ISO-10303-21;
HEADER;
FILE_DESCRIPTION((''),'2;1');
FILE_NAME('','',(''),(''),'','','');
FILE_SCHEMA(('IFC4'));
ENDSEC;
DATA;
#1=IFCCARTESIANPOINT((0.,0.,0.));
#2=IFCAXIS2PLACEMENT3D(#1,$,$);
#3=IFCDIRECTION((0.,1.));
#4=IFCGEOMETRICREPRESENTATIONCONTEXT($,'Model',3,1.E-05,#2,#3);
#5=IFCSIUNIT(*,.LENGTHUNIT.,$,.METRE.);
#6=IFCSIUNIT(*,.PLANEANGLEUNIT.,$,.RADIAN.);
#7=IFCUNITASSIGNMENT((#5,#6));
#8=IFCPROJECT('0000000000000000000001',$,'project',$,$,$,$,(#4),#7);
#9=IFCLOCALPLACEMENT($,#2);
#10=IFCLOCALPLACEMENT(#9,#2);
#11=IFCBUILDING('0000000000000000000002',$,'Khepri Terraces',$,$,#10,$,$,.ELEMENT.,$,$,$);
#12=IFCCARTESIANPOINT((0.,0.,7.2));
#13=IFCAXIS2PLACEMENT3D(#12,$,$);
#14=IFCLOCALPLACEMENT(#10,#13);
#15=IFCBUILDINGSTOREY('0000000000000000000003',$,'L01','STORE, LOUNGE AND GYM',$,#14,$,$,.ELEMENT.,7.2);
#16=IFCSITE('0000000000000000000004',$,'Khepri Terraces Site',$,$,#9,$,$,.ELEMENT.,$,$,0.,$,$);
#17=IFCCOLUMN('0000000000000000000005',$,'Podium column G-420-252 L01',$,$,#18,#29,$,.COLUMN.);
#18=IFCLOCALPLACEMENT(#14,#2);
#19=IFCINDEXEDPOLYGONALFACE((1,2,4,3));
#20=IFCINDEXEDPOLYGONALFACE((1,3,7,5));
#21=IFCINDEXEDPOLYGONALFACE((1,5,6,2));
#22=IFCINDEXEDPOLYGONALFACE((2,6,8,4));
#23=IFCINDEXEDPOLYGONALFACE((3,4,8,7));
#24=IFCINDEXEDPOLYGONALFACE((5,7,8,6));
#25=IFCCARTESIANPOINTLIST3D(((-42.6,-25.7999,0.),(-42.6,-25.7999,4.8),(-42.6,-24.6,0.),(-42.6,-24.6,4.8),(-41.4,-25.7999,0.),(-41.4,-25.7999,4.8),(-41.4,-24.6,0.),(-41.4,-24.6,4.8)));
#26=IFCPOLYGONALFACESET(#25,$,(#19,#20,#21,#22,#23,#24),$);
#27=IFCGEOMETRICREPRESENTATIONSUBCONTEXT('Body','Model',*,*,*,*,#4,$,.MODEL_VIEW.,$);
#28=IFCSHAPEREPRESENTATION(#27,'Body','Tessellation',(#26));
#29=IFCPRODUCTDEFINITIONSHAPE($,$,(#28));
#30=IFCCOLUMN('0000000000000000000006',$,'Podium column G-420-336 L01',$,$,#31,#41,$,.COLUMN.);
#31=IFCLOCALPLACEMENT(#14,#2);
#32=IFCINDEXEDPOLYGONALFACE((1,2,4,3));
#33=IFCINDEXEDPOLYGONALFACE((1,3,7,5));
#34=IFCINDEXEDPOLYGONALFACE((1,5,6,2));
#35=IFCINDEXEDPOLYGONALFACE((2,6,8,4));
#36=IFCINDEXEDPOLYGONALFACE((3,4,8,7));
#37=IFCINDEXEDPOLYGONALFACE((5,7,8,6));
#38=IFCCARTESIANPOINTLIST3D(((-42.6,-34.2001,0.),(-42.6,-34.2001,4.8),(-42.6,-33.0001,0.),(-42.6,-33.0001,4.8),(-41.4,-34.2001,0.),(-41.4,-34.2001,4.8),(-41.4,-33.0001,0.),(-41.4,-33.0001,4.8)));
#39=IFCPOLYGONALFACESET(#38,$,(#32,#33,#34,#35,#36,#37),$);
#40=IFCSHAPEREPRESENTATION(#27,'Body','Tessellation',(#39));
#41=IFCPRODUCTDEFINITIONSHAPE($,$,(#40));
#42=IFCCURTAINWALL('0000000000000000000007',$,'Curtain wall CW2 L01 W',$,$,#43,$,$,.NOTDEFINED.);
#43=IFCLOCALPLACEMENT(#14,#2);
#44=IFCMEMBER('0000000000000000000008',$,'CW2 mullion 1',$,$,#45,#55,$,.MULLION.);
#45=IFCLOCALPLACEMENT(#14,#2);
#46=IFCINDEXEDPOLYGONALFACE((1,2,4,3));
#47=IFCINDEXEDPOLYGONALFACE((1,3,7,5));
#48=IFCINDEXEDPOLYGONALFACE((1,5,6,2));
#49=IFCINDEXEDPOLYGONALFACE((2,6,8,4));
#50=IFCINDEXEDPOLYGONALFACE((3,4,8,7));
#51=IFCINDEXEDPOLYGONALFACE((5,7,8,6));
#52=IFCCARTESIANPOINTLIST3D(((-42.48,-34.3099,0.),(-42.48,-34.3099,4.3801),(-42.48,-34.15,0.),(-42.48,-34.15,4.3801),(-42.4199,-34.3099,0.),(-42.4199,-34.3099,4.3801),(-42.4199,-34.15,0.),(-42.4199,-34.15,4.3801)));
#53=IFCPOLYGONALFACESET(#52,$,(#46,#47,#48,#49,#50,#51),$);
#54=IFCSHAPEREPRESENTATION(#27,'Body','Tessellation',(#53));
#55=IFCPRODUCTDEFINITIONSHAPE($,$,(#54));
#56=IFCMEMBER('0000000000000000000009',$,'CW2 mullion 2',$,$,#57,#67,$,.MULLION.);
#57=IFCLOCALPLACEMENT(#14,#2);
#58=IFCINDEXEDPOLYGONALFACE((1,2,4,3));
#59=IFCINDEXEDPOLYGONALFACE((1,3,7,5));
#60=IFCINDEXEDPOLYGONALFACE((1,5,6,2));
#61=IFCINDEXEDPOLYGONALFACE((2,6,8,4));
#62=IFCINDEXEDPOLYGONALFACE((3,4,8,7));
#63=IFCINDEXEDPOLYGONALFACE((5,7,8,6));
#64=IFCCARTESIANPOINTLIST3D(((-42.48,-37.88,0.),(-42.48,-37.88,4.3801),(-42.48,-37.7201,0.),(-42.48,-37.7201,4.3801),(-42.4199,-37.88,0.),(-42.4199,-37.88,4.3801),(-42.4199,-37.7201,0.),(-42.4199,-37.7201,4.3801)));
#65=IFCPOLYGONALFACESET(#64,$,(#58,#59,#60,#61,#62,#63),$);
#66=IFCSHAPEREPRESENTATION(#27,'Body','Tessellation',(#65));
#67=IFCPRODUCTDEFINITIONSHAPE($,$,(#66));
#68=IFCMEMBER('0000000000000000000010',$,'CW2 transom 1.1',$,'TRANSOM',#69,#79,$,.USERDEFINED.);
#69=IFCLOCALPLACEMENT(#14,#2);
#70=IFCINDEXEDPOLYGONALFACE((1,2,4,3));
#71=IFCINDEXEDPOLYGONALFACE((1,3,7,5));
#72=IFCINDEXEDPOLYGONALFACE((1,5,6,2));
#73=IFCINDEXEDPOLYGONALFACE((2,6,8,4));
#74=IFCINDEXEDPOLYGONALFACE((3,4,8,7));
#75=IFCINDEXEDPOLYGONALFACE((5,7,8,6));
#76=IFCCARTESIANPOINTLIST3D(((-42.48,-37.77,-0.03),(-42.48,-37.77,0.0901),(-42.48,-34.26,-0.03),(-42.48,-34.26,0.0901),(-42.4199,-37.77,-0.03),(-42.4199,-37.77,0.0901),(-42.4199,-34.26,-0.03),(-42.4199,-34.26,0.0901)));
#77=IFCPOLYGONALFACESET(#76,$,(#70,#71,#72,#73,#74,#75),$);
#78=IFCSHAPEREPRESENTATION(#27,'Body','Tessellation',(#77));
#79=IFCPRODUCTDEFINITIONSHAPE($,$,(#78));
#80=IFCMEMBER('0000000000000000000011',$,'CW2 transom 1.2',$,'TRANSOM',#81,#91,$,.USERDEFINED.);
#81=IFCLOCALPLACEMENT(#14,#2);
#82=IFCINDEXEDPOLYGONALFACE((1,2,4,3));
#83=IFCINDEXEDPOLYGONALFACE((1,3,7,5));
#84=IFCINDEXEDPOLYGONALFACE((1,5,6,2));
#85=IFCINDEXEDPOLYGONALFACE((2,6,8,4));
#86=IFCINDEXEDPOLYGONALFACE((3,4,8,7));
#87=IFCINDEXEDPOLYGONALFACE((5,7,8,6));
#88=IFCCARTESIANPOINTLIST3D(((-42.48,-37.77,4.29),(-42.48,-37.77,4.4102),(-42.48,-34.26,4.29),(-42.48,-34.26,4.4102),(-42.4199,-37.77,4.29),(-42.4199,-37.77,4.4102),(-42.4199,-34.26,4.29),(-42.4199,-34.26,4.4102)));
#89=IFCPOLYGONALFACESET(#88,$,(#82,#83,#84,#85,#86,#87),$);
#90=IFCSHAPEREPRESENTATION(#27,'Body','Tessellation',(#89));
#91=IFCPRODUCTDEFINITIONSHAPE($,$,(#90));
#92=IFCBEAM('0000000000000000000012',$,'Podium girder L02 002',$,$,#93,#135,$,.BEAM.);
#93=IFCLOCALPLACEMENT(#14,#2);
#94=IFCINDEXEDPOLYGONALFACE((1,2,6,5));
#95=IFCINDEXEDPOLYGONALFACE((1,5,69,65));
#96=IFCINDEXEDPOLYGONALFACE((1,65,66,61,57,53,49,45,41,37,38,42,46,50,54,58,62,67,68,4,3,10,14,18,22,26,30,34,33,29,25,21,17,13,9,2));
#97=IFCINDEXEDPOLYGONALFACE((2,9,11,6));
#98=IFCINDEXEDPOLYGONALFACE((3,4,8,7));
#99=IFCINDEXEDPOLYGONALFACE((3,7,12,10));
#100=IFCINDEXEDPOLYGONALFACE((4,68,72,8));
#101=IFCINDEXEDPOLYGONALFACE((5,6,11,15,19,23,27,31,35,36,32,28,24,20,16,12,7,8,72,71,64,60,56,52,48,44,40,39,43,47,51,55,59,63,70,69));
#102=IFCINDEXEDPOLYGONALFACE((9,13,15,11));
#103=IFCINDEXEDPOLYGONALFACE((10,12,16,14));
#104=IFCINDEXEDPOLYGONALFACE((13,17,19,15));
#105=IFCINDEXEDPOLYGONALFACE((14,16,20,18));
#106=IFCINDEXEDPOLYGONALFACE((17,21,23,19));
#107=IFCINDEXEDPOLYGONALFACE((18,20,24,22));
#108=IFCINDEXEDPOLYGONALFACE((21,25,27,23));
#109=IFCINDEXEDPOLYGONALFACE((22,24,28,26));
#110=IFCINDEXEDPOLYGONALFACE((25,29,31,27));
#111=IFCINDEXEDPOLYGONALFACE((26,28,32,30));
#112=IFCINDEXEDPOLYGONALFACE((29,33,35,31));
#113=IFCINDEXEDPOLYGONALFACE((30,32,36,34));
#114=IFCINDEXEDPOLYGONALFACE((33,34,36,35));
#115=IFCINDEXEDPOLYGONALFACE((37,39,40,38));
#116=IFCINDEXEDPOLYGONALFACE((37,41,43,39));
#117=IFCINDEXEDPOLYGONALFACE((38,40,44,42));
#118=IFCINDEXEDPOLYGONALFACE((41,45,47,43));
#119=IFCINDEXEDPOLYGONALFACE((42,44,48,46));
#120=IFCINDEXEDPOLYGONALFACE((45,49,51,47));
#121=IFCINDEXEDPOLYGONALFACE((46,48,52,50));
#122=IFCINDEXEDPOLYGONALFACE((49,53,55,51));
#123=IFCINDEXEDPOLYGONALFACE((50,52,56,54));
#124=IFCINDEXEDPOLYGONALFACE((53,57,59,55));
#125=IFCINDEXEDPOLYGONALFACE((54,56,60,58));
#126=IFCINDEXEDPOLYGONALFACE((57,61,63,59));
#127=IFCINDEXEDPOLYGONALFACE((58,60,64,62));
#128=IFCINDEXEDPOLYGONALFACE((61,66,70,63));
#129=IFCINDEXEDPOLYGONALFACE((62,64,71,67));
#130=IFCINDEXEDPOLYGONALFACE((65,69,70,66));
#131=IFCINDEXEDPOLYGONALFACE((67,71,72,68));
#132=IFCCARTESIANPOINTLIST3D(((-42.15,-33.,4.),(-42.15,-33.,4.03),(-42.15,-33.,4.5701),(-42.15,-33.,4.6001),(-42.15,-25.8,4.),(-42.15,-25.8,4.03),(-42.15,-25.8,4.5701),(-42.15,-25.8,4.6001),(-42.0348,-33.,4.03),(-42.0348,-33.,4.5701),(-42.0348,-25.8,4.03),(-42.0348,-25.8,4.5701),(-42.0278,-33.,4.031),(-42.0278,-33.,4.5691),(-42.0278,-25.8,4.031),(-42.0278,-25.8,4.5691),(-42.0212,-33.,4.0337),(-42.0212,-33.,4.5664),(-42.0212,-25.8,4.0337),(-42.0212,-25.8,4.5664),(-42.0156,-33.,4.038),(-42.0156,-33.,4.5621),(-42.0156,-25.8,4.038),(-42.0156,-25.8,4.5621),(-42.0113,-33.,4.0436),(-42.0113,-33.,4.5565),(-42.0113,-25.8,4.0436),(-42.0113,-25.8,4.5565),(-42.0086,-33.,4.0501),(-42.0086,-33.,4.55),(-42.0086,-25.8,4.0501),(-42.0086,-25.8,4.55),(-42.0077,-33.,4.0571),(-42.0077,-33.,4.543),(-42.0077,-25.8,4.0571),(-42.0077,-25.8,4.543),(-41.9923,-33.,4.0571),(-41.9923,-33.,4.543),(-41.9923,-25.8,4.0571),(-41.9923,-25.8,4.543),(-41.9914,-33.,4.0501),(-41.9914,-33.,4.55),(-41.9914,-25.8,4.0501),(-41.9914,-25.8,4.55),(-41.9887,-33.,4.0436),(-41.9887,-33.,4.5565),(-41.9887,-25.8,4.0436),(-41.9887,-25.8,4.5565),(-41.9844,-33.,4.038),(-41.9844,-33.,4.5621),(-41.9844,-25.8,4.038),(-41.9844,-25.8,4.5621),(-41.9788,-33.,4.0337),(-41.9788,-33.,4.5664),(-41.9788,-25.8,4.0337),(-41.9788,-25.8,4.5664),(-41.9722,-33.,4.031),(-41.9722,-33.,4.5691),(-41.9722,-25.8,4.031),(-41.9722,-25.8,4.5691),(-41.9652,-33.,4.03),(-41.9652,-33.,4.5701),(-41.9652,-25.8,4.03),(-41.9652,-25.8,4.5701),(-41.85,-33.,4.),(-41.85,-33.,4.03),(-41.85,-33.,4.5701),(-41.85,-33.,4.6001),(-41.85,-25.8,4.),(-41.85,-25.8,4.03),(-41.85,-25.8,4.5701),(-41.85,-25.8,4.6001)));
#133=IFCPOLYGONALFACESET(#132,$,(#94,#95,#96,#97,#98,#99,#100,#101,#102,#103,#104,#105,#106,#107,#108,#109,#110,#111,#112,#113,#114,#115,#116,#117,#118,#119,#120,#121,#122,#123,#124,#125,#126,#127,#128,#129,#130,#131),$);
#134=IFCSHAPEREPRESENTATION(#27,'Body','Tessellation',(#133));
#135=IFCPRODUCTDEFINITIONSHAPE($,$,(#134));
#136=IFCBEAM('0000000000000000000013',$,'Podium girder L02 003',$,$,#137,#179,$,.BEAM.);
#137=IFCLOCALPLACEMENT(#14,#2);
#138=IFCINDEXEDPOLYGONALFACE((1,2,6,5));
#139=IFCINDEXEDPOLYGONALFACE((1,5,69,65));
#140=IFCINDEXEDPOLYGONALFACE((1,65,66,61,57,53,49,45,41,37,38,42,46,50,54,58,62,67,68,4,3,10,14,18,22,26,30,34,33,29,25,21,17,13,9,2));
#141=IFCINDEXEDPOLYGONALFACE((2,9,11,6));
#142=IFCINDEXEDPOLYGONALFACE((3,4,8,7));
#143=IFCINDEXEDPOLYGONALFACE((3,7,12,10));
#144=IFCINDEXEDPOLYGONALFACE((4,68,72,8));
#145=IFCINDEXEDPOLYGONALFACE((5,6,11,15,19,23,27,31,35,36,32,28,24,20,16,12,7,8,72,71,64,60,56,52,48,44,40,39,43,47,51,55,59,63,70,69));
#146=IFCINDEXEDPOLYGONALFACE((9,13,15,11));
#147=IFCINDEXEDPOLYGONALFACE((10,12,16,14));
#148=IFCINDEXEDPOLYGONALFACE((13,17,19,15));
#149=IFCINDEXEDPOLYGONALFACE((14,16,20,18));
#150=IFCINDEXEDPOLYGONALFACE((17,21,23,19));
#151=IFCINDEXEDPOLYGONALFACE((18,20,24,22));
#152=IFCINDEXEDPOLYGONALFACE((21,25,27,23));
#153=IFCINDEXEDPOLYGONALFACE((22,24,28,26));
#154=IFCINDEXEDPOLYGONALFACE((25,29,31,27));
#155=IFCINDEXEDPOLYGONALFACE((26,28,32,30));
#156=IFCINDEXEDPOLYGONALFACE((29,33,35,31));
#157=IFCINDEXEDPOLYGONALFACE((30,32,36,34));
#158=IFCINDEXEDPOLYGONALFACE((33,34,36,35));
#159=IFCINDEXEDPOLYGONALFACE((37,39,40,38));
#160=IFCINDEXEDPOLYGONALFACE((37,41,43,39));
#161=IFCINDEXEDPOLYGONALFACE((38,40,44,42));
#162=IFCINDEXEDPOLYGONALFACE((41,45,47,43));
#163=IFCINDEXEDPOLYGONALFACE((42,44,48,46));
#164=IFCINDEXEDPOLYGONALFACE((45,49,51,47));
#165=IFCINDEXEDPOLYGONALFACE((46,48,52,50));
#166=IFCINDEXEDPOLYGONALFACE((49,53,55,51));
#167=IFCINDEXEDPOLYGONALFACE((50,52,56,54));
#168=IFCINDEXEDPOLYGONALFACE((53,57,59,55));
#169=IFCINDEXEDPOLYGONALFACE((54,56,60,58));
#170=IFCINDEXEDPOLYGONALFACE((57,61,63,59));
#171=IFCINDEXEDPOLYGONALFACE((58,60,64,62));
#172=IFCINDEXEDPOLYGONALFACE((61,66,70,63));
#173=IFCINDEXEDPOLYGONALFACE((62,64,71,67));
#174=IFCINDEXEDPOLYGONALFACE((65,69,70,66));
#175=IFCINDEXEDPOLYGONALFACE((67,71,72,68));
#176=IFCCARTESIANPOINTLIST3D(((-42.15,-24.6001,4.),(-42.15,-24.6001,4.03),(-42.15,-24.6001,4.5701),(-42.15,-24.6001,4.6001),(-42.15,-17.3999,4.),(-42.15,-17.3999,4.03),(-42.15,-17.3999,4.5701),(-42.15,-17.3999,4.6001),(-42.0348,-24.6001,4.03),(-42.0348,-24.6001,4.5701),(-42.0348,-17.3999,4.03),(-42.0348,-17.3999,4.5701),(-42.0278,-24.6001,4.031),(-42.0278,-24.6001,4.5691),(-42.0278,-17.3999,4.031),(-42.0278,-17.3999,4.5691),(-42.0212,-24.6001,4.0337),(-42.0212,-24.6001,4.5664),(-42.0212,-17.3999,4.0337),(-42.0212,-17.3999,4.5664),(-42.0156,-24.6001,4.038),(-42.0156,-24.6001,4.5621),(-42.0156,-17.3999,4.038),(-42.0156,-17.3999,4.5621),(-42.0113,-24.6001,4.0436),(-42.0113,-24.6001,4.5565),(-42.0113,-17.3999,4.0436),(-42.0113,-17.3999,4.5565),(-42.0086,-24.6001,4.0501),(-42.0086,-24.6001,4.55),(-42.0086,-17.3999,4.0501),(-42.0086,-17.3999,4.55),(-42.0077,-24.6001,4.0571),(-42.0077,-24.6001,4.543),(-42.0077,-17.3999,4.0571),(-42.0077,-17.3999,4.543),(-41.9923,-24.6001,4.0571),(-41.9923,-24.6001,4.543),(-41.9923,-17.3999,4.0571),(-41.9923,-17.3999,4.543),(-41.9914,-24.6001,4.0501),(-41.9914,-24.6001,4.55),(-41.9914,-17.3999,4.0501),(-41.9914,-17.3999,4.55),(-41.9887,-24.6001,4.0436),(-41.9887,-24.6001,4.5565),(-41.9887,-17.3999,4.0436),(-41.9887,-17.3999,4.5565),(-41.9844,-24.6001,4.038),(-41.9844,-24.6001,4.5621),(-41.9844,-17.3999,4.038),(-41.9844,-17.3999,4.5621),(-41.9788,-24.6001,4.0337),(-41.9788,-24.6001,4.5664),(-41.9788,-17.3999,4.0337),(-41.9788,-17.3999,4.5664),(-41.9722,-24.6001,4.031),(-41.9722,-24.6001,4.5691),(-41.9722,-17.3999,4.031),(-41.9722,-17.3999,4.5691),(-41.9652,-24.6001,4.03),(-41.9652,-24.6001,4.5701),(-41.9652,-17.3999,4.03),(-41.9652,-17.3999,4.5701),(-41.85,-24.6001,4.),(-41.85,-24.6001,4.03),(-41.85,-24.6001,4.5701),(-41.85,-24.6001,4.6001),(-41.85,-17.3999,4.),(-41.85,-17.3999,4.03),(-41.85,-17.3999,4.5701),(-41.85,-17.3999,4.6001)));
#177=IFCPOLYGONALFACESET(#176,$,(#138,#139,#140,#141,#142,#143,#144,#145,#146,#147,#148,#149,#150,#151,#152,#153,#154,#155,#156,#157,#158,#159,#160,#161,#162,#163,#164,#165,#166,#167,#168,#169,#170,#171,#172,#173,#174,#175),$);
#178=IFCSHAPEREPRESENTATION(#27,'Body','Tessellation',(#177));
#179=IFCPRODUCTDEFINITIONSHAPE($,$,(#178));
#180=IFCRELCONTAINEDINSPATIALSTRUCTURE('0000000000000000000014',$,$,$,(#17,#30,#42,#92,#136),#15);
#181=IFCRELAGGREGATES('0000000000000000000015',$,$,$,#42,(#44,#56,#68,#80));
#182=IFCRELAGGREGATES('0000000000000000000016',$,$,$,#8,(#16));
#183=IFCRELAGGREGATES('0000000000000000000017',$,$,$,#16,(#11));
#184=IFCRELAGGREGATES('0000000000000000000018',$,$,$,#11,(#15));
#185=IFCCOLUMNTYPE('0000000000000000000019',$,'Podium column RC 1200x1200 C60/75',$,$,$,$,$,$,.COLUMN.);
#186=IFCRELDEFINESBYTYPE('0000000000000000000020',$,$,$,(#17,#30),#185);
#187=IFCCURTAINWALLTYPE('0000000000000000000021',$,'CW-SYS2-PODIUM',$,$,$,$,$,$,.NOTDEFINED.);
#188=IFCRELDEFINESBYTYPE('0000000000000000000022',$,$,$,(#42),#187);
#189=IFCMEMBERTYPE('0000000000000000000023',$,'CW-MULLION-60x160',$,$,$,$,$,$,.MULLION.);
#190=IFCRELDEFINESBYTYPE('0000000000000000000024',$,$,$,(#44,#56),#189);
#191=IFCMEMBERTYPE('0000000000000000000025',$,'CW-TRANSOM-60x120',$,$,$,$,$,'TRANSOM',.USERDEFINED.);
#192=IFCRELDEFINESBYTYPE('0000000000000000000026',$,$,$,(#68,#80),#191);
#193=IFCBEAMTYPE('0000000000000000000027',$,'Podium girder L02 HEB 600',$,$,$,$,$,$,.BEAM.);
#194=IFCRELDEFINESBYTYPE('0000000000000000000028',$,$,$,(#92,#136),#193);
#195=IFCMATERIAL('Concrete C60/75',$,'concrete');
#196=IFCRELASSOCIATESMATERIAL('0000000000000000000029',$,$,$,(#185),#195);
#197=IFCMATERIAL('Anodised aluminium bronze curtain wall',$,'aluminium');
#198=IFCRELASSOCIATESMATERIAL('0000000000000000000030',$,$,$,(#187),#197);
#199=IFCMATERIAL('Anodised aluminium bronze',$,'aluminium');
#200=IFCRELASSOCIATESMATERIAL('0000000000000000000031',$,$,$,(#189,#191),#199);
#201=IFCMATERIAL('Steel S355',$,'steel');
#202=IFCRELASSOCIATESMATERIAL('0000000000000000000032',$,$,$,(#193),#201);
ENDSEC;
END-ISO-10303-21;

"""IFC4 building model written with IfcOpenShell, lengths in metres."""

from ifc_helpers import new_model, si_unit, direction, frame, origin, origin_2d, place, context, subcontext, project, spatial, rectangle, i_section, extrude, material, material_profile, profile_set, type_object, element, aggregate, save


model = new_model("IFC4")

# Units and contexts
model_context = context("Model", 3, precision=1e-05, world=origin(), true_north=direction((0.0, 1.0)))
body_context = subcontext(model_context, "Body", "Model", "MODEL_VIEW")
ifc_project = project(units=[si_unit("LENGTHUNIT", "METRE"), si_unit("PLANEANGLEUNIT", "RADIAN")], contexts=[model_context])

# Site, building, storey
site_placement = place(None, origin())
site = spatial("IfcSite", under=ifc_project, at=site_placement, Name="Khepri Terraces Site", CompositionType="ELEMENT", RefElevation=0.0)
building_placement = place(site_placement, origin())
building = spatial("IfcBuilding", under=site, at=building_placement, Name="Khepri Terraces", CompositionType="ELEMENT")
storey_placement = place(building_placement, frame((0.0, 0.0, 7.2)))
storey = spatial("IfcBuildingStorey", under=building, at=storey_placement, Name="L01", Description="STORE, LOUNGE AND GYM", CompositionType="ELEMENT", Elevation=7.2)

# Columns
ifc_material_1 = material(Name="Concrete C60/75", Category="concrete")
ifc_material_profile_1 = material_profile(ifc_material_1, rectangle(XDim=1.2, YDim=1.2, at=origin_2d()), Name="Concrete C60/75", Category="concrete")
ifc_profile_set_1 = profile_set([ifc_material_profile_1], Name="Concrete C60/75")
column_type = type_object("IfcColumnType", Name="Podium column RC 1200x1200 C60/75", PredefinedType="COLUMN", material=ifc_profile_set_1)
for number, where, z_axis, x_axis, name in (
    (1, (-42.0, -25.2, 0.0), (0.0, 0.0, 1.0), (1.0, 0.0, 0.0), "Podium column G-420-252 L01"),
    (2, (-42.0, -33.6001, 0.0), (0.0, 0.0, 1.0), (1.0, 0.0, 0.0), "Podium column G-420-336 L01"),
):
    element("IfcColumn", number, at=place(storey_placement, frame(where, z_axis=z_axis, x_axis=x_axis)), inside=storey, type_object=column_type, Name=name, PredefinedType="COLUMN", context=body_context, shape_type="SweptSolid", body=[
        extrude(rectangle(XDim=1.2, YDim=1.2, at=origin_2d()), origin(), (0.0, 0.0, 1.0), 4.8),
    ])

# Curtain wall, members
ifc_material_2 = material(Name="Anodised aluminium bronze curtain wall", Category="aluminium")
curtain_wall_type = type_object("IfcCurtainWallType", Name="CW-SYS2-PODIUM", PredefinedType="NOTDEFINED", material=ifc_material_2)
curtain_wall_placement = place(storey_placement, origin())
curtain_wall = element("IfcCurtainWall", 3, at=curtain_wall_placement, inside=storey, type_object=curtain_wall_type, Name="Curtain wall CW2 L01 W", PredefinedType="NOTDEFINED")
ifc_material_3 = material(Name="Anodised aluminium bronze", Category="aluminium")
ifc_material_profile_2 = material_profile(ifc_material_3, rectangle(XDim=0.0601, YDim=0.1599, at=origin_2d()), Name="Anodised aluminium bronze", Category="aluminium")
ifc_profile_set_2 = profile_set([ifc_material_profile_2], Name="Anodised aluminium bronze")
member_type_1 = type_object("IfcMemberType", Name="CW-MULLION-60x160", PredefinedType="MULLION", material=ifc_profile_set_2)
member_1_placement = place(storey_placement, frame((-42.45, -34.23, 0.0), z_axis=(0.0, 0.0, 1.0), x_axis=(1.0, 0.0, 0.0)))
member_1 = element("IfcMember", 4, at=member_1_placement, type_object=member_type_1, Name="CW2 mullion 1", PredefinedType="MULLION", context=body_context, shape_type="SweptSolid", body=[
    extrude(rectangle(XDim=0.0601, YDim=0.1599, at=origin_2d()), origin(), (0.0, 0.0, 1.0), 4.3801),
])
member_2_placement = place(storey_placement, frame((-42.45, -37.8, 0.0), z_axis=(0.0, 0.0, 1.0), x_axis=(1.0, 0.0, 0.0)))
member_2 = element("IfcMember", 5, at=member_2_placement, type_object=member_type_1, Name="CW2 mullion 2", PredefinedType="MULLION", context=body_context, shape_type="SweptSolid", body=[
    extrude(rectangle(XDim=0.0601, YDim=0.1599, at=origin_2d()), origin(), (0.0, 0.0, 1.0), 4.3801),
])
ifc_material_profile_3 = material_profile(ifc_material_3, rectangle(XDim=0.0601, YDim=0.1201, at=origin_2d()), Name="Anodised aluminium bronze", Category="aluminium")
ifc_profile_set_3 = profile_set([ifc_material_profile_3], Name="Anodised aluminium bronze")
member_type_2 = type_object("IfcMemberType", Name="CW-TRANSOM-60x120", ElementType="TRANSOM", PredefinedType="USERDEFINED", material=ifc_profile_set_3)
member_3_placement = place(storey_placement, frame((-42.45, -34.26, 0.03), z_axis=(0.0, -1.0, 0.0), x_axis=(1.0, 0.0, 0.0)))
member_3 = element("IfcMember", 6, at=member_3_placement, type_object=member_type_2, Name="CW2 transom 1.1", ObjectType="TRANSOM", PredefinedType="USERDEFINED", context=body_context, shape_type="SweptSolid", body=[
    extrude(rectangle(XDim=0.0601, YDim=0.1201, at=origin_2d()), origin(), (0.0, 0.0, 1.0), 3.51),
])
member_4_placement = place(storey_placement, frame((-42.45, -34.26, 4.3501), z_axis=(0.0, -1.0, 0.0), x_axis=(1.0, 0.0, 0.0)))
member_4 = element("IfcMember", 7, at=member_4_placement, type_object=member_type_2, Name="CW2 transom 1.2", ObjectType="TRANSOM", PredefinedType="USERDEFINED", context=body_context, shape_type="SweptSolid", body=[
    extrude(rectangle(XDim=0.0601, YDim=0.1201, at=origin_2d()), origin(), (0.0, 0.0, 1.0), 3.51),
])

# Beams
ifc_material_4 = material(Name="Steel S355", Category="steel")
ifc_material_profile_4 = material_profile(ifc_material_4, i_section(OverallWidth=0.3, OverallDepth=0.6001, WebThickness=0.0154, FlangeThickness=0.03, FilletRadius=0.0271, at=origin_2d()), Name="Steel S355", Category="steel")
ifc_profile_set_4 = profile_set([ifc_material_profile_4], Name="Steel S355")
beam_type_1 = type_object("IfcBeamType", Name="Podium girder L02 HEB 600", PredefinedType="BEAM", material=ifc_profile_set_4)
beam_1_placement = place(storey_placement, frame((-42.0, -33.0, 4.3), z_axis=(0.0, 1.0, 0.0), x_axis=(-1.0, 0.0, 0.0)))
element("IfcBeam", 8, at=beam_1_placement, inside=storey, type_object=beam_type_1, Name="Podium girder L02 002", PredefinedType="BEAM", context=body_context, shape_type="SweptSolid", body=[
    extrude(i_section(OverallWidth=0.3, OverallDepth=0.6001, WebThickness=0.0154, FlangeThickness=0.03, FilletRadius=0.0271, at=origin_2d()), origin(), (0.0, 0.0, 1.0), 7.2),
])
beam_2_placement = place(storey_placement, frame((-42.0, -24.6001, 4.3), z_axis=(0.0, 1.0, 0.0), x_axis=(-1.0, 0.0, 0.0)))
element("IfcBeam", 9, at=beam_2_placement, inside=storey, type_object=beam_type_1, Name="Podium girder L02 003", PredefinedType="BEAM", context=body_context, shape_type="SweptSolid", body=[
    extrude(i_section(OverallWidth=0.3, OverallDepth=0.6001, WebThickness=0.0154, FlangeThickness=0.03, FilletRadius=0.0271, at=origin_2d()), origin(), (0.0, 0.0, 1.0), 7.2002),
])

aggregate(curtain_wall, [member_1, member_2, member_3, member_4])

save(model, "model.ifc")
